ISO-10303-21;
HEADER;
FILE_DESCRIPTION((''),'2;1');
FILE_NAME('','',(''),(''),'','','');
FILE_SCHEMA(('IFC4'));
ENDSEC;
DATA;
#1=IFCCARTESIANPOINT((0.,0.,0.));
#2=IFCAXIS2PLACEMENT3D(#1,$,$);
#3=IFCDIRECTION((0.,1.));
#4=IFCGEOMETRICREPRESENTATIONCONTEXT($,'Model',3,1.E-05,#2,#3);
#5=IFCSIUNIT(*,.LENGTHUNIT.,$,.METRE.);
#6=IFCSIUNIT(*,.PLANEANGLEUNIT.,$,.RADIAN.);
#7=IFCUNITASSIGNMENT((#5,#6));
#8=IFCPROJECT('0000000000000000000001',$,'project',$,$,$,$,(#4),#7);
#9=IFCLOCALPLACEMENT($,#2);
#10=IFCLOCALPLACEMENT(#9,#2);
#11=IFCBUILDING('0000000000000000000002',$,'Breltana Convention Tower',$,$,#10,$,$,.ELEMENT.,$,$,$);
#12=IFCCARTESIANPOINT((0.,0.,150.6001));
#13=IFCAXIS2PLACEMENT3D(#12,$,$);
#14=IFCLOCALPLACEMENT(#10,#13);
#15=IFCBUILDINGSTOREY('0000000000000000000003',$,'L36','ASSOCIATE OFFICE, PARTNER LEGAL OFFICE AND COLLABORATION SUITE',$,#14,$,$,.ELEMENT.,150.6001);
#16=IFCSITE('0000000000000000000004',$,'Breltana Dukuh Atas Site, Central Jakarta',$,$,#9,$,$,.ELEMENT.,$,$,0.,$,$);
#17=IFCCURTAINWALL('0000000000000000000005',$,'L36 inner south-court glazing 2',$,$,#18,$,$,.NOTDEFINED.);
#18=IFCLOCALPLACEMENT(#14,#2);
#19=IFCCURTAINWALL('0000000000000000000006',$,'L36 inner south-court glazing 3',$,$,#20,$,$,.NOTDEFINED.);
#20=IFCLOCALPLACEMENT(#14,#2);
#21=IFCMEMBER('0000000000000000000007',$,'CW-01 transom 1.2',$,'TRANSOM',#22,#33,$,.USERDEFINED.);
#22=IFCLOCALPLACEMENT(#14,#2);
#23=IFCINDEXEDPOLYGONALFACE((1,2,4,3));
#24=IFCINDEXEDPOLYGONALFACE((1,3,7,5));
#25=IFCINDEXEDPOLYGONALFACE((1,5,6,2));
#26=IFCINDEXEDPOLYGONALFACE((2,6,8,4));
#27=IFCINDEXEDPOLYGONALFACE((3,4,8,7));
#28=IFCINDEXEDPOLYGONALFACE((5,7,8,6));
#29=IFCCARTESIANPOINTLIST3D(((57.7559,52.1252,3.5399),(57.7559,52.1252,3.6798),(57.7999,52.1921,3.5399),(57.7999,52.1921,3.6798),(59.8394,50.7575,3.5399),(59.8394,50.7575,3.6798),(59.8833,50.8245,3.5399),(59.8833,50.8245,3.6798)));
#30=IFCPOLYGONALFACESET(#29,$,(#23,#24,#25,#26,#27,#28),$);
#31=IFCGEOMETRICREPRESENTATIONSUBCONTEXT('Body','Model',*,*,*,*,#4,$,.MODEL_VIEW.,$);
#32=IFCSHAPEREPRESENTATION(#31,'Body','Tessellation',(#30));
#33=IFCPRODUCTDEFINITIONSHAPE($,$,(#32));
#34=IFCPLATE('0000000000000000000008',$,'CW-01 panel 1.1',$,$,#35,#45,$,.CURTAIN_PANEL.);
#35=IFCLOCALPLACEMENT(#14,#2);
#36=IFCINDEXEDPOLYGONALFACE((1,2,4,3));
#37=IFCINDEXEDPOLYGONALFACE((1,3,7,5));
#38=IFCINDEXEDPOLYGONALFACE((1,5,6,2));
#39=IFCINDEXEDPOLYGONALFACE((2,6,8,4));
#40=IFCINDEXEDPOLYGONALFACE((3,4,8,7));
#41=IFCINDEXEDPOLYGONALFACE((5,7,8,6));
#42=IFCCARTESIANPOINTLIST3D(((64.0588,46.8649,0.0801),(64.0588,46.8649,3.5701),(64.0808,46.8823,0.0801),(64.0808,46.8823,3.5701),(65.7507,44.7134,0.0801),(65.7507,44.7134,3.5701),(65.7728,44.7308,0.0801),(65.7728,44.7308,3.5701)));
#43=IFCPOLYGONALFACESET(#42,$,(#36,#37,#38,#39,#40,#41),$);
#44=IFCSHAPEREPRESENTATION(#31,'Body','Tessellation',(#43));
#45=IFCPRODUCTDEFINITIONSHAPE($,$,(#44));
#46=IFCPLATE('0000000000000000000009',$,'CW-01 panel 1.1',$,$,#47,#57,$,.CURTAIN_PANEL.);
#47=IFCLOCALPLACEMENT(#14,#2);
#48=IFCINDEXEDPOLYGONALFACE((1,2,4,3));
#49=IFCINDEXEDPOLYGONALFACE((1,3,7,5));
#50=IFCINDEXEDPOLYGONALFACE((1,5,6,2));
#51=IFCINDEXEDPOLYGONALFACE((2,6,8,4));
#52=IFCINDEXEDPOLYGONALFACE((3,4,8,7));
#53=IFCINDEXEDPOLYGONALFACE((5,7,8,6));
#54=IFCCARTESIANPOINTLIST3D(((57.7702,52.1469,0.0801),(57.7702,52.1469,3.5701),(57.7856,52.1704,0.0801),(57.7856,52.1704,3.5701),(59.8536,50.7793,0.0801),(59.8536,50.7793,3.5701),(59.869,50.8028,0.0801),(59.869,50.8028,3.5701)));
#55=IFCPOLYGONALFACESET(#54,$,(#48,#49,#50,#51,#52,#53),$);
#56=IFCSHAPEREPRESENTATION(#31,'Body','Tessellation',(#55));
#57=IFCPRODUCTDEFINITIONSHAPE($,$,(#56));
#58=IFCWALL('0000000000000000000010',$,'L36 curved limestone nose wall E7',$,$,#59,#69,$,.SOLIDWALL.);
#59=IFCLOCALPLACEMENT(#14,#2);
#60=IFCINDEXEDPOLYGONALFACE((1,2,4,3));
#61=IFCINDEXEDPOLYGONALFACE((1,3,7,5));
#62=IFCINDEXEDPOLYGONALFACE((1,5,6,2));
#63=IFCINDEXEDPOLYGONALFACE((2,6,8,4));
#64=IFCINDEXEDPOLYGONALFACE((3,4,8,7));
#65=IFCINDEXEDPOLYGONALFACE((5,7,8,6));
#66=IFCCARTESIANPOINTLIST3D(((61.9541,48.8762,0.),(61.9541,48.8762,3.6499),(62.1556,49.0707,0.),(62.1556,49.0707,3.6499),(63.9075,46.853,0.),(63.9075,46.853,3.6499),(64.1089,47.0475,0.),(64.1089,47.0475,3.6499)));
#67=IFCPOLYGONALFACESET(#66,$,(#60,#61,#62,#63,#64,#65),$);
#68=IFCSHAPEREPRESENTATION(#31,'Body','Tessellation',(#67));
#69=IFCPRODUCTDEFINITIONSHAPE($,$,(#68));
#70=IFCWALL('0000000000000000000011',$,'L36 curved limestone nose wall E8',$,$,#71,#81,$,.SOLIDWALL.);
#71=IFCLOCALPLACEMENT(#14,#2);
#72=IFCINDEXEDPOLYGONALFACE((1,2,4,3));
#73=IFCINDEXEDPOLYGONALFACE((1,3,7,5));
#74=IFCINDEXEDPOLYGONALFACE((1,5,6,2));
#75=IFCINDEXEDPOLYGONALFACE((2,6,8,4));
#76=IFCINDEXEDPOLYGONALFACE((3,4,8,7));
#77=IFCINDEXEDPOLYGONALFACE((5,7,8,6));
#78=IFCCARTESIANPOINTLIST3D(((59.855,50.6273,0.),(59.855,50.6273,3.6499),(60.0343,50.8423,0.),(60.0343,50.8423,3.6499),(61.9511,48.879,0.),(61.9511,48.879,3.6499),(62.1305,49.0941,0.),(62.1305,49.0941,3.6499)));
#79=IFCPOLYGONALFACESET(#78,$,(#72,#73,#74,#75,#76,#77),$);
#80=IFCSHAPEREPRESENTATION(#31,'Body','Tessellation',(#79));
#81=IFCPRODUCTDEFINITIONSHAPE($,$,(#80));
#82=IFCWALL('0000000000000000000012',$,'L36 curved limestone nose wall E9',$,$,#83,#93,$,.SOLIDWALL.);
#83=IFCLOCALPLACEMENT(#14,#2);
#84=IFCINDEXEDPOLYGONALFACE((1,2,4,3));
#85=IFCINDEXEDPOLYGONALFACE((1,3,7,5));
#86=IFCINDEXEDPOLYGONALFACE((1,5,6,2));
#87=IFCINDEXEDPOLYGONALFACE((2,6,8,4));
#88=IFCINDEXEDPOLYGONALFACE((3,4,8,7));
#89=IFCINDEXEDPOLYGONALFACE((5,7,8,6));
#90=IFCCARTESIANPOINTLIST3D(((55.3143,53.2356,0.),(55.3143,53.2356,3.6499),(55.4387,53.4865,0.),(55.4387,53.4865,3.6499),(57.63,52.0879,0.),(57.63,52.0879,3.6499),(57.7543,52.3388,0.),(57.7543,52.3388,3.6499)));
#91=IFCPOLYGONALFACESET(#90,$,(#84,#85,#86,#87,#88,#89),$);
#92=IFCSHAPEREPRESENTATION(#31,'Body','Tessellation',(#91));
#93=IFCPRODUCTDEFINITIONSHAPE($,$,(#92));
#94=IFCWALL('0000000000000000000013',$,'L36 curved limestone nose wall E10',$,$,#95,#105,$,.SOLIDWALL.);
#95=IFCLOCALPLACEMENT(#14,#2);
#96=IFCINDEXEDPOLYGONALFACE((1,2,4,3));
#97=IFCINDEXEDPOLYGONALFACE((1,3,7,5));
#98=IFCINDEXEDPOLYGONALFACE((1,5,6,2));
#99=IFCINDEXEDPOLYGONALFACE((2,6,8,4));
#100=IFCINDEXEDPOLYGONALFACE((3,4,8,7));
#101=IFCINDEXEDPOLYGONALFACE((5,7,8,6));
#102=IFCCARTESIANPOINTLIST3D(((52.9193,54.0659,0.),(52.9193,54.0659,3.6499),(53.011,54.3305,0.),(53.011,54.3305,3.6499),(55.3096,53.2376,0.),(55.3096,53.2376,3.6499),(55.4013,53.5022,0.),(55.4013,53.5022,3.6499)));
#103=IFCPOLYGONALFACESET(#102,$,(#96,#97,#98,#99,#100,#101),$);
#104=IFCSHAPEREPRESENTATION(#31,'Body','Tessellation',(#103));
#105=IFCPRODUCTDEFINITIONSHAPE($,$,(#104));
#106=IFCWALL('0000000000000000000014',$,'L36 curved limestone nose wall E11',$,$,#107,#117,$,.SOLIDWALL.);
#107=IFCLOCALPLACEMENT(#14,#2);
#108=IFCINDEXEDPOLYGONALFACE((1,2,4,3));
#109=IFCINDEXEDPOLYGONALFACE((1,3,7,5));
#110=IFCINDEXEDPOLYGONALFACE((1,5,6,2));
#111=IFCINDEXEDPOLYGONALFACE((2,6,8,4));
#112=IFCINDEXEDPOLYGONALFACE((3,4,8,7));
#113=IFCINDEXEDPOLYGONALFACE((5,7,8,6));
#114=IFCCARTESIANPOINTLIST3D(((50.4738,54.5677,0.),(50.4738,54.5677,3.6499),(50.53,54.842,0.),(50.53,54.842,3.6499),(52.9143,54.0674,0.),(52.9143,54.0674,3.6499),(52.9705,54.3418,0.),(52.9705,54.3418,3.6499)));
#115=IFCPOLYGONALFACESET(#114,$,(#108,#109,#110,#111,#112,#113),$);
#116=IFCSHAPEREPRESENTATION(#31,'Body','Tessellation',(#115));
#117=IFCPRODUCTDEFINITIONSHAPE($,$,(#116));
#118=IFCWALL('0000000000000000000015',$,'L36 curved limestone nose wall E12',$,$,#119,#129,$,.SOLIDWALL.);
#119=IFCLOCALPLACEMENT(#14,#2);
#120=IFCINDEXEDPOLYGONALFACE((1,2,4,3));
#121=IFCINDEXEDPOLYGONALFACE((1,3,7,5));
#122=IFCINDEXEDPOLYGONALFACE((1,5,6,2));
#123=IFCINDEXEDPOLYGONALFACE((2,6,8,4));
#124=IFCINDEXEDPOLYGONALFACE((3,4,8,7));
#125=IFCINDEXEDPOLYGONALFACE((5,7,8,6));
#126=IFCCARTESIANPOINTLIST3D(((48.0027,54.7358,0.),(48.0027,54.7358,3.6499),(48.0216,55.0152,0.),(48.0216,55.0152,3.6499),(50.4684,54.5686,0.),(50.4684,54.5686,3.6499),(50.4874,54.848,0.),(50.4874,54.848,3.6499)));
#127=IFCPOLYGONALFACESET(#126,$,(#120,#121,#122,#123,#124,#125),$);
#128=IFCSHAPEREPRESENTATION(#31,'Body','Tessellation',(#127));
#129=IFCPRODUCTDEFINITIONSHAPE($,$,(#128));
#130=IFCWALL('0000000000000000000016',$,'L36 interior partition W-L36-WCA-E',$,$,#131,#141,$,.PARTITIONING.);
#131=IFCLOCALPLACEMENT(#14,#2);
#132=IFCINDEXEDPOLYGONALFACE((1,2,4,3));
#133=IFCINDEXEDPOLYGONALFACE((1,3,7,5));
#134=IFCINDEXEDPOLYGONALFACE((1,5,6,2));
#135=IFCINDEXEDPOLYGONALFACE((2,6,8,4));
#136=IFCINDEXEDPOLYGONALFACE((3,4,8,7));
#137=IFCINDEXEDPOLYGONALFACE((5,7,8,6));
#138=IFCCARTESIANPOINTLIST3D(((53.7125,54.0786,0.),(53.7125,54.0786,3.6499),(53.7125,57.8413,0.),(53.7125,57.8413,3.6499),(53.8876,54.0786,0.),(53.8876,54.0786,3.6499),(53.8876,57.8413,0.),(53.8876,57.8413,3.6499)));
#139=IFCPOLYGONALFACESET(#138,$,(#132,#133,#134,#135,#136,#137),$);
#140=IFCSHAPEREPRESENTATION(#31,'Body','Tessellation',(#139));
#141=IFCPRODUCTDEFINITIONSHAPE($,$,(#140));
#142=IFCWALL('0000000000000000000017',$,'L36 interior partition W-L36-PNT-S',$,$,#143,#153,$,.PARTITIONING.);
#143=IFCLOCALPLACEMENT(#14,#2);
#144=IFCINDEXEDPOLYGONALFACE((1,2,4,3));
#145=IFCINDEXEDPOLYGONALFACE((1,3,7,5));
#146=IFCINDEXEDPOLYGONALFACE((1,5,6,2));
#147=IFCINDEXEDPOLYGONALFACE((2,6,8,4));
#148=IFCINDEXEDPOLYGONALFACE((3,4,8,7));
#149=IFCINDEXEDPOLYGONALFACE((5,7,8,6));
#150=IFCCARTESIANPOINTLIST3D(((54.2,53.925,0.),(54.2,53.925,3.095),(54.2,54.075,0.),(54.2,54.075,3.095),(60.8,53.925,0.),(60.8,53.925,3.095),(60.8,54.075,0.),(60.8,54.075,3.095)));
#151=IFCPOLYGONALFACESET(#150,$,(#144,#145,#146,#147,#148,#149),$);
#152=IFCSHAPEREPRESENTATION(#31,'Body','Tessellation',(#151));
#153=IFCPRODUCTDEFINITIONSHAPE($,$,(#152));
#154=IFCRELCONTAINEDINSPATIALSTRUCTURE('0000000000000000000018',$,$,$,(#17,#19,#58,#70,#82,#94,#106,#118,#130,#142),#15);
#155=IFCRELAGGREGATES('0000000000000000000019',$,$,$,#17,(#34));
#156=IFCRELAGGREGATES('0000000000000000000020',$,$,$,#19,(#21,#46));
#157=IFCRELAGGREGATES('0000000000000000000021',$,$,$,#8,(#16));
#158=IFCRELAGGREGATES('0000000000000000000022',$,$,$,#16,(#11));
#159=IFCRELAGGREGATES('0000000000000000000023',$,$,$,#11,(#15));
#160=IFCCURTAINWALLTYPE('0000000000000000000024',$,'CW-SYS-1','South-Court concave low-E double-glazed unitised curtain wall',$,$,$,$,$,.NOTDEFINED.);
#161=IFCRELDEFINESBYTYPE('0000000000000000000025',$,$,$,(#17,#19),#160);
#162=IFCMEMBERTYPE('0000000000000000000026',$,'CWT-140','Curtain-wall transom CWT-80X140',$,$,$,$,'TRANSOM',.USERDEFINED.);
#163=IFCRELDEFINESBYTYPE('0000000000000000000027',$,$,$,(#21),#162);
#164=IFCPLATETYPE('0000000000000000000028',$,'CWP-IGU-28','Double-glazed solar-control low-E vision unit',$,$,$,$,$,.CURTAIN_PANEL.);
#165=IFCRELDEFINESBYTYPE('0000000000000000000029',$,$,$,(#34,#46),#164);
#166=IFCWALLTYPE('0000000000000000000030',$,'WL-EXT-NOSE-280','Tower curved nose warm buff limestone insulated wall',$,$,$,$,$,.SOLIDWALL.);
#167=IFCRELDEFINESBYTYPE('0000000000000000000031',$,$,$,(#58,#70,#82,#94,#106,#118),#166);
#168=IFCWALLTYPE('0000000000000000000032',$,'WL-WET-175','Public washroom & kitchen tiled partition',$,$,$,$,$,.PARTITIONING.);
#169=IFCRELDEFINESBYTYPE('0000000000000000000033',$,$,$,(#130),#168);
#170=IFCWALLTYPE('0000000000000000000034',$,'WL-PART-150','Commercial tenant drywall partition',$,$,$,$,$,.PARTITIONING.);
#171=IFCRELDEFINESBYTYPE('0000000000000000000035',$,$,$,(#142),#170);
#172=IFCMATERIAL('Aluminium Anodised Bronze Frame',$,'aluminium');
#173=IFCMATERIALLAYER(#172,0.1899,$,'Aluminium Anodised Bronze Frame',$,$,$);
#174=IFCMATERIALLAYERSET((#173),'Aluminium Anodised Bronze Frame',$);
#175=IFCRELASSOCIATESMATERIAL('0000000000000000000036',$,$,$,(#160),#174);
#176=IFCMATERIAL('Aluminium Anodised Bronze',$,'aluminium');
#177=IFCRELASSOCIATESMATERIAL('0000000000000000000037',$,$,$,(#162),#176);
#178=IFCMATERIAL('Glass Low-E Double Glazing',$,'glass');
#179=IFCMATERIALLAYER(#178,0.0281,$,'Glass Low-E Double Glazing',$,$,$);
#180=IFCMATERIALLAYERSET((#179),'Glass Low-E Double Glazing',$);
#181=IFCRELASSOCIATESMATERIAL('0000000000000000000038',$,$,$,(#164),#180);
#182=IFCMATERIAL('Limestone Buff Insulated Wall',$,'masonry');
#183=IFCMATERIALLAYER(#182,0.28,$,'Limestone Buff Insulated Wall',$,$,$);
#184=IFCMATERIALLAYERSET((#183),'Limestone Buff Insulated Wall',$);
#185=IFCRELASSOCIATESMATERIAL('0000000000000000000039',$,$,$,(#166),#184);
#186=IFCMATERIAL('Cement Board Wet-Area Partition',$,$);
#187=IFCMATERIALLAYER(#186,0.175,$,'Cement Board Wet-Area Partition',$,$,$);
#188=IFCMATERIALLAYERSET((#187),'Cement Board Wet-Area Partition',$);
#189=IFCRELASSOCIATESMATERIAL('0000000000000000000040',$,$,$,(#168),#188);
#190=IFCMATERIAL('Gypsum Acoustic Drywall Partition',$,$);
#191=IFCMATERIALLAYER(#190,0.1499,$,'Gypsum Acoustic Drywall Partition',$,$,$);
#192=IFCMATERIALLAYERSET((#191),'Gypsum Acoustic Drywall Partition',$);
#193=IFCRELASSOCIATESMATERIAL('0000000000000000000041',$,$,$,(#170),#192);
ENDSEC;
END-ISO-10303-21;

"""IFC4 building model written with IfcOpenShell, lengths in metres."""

from ifc_helpers import new_model, si_unit, direction, frame, frame_2d, origin, origin_2d, place, context, subcontext, project, spatial, rectangle, extrude, source, transform, mapped, material, layer, layer_set, material_profile, profile_set, type_object, element, aggregate, save


model = new_model("IFC4")

# Units and contexts
model_context = context("Model", 3, precision=1e-05, world=origin(), true_north=direction((0.0, 1.0)))
body_context = subcontext(model_context, "Body", "Model", "MODEL_VIEW")
ifc_project = project(units=[si_unit("LENGTHUNIT", "METRE"), si_unit("PLANEANGLEUNIT", "RADIAN")], contexts=[model_context])

# Site, building, storey
site_placement = place(None, origin())
site = spatial("IfcSite", under=ifc_project, at=site_placement, Name="Breltana Dukuh Atas Site, Central Jakarta", CompositionType="ELEMENT", RefElevation=0.0)
building_placement = place(site_placement, origin())
building = spatial("IfcBuilding", under=site, at=building_placement, Name="Breltana Convention Tower", CompositionType="ELEMENT")
storey_placement = place(building_placement, frame((0.0, 0.0, 150.6001)))
storey = spatial("IfcBuildingStorey", under=building, at=storey_placement, Name="L36", Description="ASSOCIATE OFFICE, PARTNER LEGAL OFFICE AND COLLABORATION SUITE", CompositionType="ELEMENT", Elevation=150.6001)

# Curtain wall
ifc_material_1 = material(Name="Aluminium Anodised Bronze Frame", Category="aluminium")
ifc_layer_1 = layer(ifc_material_1, 0.1899, Name="Aluminium Anodised Bronze Frame")
ifc_layer_set_1 = layer_set([ifc_layer_1], Name="Aluminium Anodised Bronze Frame")
curtain_wall_type = type_object("IfcCurtainWallType", Name="CW-SYS-1", Description="South-Court concave low-E double-glazed unitised curtain wall", PredefinedType="NOTDEFINED", material=ifc_layer_set_1)
curtain_wall_1_placement = place(storey_placement, origin())
curtain_wall_1 = element("IfcCurtainWall", 1, at=curtain_wall_1_placement, inside=storey, type_object=curtain_wall_type, Name="L36 inner south-court glazing 2", PredefinedType="NOTDEFINED")
ifc_material_2 = material(Name="Aluminium Anodised Bronze", Category="aluminium")

# Curtain wall, member
curtain_wall_2_placement = place(storey_placement, origin())
curtain_wall_2 = element("IfcCurtainWall", 2, at=curtain_wall_2_placement, inside=storey, type_object=curtain_wall_type, Name="L36 inner south-court glazing 3", PredefinedType="NOTDEFINED")
ifc_material_profile_1 = material_profile(ifc_material_2, rectangle(XDim=0.0801, YDim=0.1399, at=origin_2d()), Name="CWT-80X140")
ifc_profile_set_1 = profile_set([ifc_material_profile_1], Name="Aluminium Anodised Bronze")
member_type_1 = type_object("IfcMemberType", Name="CWT-140", Description="Curtain-wall transom CWT-80X140", ElementType="TRANSOM", PredefinedType="USERDEFINED", material=ifc_profile_set_1)
shared_shape_1 = source(origin(), body_context, "Body", "SweptSolid", [
    extrude(rectangle(XDim=0.0801, YDim=0.1399, at=origin_2d()), origin(), (0.0, 0.0, 1.0), 2.4922),
])
member_1_placement = place(storey_placement, frame((59.8613, 50.791, 3.6099), z_axis=(-0.835978, 0.548763, 0.0), x_axis=(-0.548763, -0.835978, 0.0)))
member_1 = element("IfcMember", 3, at=member_1_placement, type_object=member_type_1, Name="CW-01 transom 1.2", ObjectType="TRANSOM", PredefinedType="USERDEFINED", context=body_context, shape_type="MappedRepresentation", body=[
    mapped(shared_shape_1, transform((0.0, 0.0, 0.0), scale=1.0)),
])

# Plates
ifc_material_3 = material(Name="Glass Low-E Double Glazing", Category="glass")
ifc_layer_2 = layer(ifc_material_3, 0.0281, Name="Glass Low-E Double Glazing")
ifc_layer_set_2 = layer_set([ifc_layer_2], Name="Glass Low-E Double Glazing")
plate_type = type_object("IfcPlateType", Name="CWP-IGU-28", Description="Double-glazed solar-control low-E vision unit", PredefinedType="CURTAIN_PANEL", material=ifc_layer_set_2)
shared_shape_2 = source(origin(), body_context, "Body", "SweptSolid", [
    extrude(rectangle(XDim=2.7371, YDim=0.0281, at=origin_2d()), origin(), (0.0, 0.0, 1.0), 3.49),
])
plate_1_placement = place(storey_placement, frame((64.9158, 45.7979, 0.0801), z_axis=(0.0, 0.0, 1.0), x_axis=(-0.618161, 0.786051, 0.0)))
plate_1 = element("IfcPlate", 4, at=plate_1_placement, type_object=plate_type, Name="CW-01 panel 1.1", PredefinedType="CURTAIN_PANEL", context=body_context, shape_type="MappedRepresentation", body=[
    mapped(shared_shape_2, transform((0.0, 0.0, 0.0), scale=1.0)),
])
aggregate(curtain_wall_1, [plate_1])
shared_shape_3 = source(origin(), body_context, "Body", "SweptSolid", [
    extrude(rectangle(XDim=2.4922, YDim=0.0281, at=origin_2d()), origin(), (0.0, 0.0, 1.0), 3.49),
])
plate_2_placement = place(storey_placement, frame((58.8196, 51.4749, 0.0801), z_axis=(0.0, 0.0, 1.0), x_axis=(-0.835985, 0.548752, 0.0)))
plate_2 = element("IfcPlate", 5, at=plate_2_placement, type_object=plate_type, Name="CW-01 panel 1.1", PredefinedType="CURTAIN_PANEL", context=body_context, shape_type="MappedRepresentation", body=[
    mapped(shared_shape_3, transform((0.0, 0.0, 0.0), scale=1.0)),
])
aggregate(curtain_wall_2, [member_1, plate_2])

# Walls
ifc_material_4 = material(Name="Limestone Buff Insulated Wall", Category="masonry")
ifc_layer_3 = layer(ifc_material_4, 0.28, Name="Limestone Buff Insulated Wall")
ifc_layer_set_3 = layer_set([ifc_layer_3], Name="Limestone Buff Insulated Wall")
wall_type_1 = type_object("IfcWallType", Name="WL-EXT-NOSE-280", Description="Tower curved nose warm buff limestone insulated wall", PredefinedType="SOLIDWALL", material=ifc_layer_set_3)
shared_shape_4 = source(origin(), body_context, "Body", "SweptSolid", [
    extrude(rectangle(XDim=2.8123, YDim=0.28, at=frame_2d((1.4062, 0.0))), origin(), (0.0, 0.0, 1.0), 3.6499),
])
wall_1_placement = place(storey_placement, frame((64.0083, 46.9502, 0.0), z_axis=(0.0, 0.0, 1.0), x_axis=(-0.694584, 0.719412, 0.0)))
element("IfcWall", 6, at=wall_1_placement, inside=storey, type_object=wall_type_1, Name="L36 curved limestone nose wall E7", PredefinedType="SOLIDWALL", context=body_context, shape_type="MappedRepresentation", body=[
    mapped(shared_shape_4, transform((0.0, 0.0, 0.0), scale=1.0)),
])
shared_shape_5 = source(origin(), body_context, "Body", "SweptSolid", [
    extrude(rectangle(XDim=2.7295, YDim=0.28, at=frame_2d((1.3647, 0.0))), origin(), (0.0, 0.0, 1.0), 3.6499),
])
wall_2_placement = place(storey_placement, frame((62.0408, 48.9866, 0.0), z_axis=(0.0, 0.0, 1.0), x_axis=(-0.767957, 0.640501, 0.0)))
element("IfcWall", 7, at=wall_2_placement, inside=storey, type_object=wall_type_1, Name="L36 curved limestone nose wall E8", PredefinedType="SOLIDWALL", context=body_context, shape_type="MappedRepresentation", body=[
    mapped(shared_shape_5, transform((0.0, 0.0, 0.0), scale=1.0)),
])
shared_shape_6 = source(origin(), body_context, "Body", "SweptSolid", [
    extrude(rectangle(XDim=2.5845, YDim=0.28, at=frame_2d((1.2922, 0.0))), origin(), (0.0, 0.0, 1.0), 3.6499),
])
wall_3_placement = place(storey_placement, frame((57.6921, 52.2134, 0.0), z_axis=(0.0, 0.0, 1.0), x_axis=(-0.89599, 0.444075, 0.0)))
element("IfcWall", 8, at=wall_3_placement, inside=storey, type_object=wall_type_1, Name="L36 curved limestone nose wall E9", PredefinedType="SOLIDWALL", context=body_context, shape_type="MappedRepresentation", body=[
    mapped(shared_shape_6, transform((0.0, 0.0, 0.0), scale=1.0)),
])
shared_shape_7 = source(origin(), body_context, "Body", "SweptSolid", [
    extrude(rectangle(XDim=2.5298, YDim=0.28, at=frame_2d((1.2649, 0.0))), origin(), (0.0, 0.0, 1.0), 3.6499),
])
wall_4_placement = place(storey_placement, frame((55.3555, 53.3699, 0.0), z_axis=(0.0, 0.0, 1.0), x_axis=(-0.944872, 0.327439, 0.0)))
element("IfcWall", 9, at=wall_4_placement, inside=storey, type_object=wall_type_1, Name="L36 curved limestone nose wall E10", PredefinedType="SOLIDWALL", context=body_context, shape_type="MappedRepresentation", body=[
    mapped(shared_shape_7, transform((0.0, 0.0, 0.0), scale=1.0)),
])
shared_shape_8 = source(origin(), body_context, "Body", "SweptSolid", [
    extrude(rectangle(XDim=2.4912, YDim=0.28, at=frame_2d((1.2456, 0.0))), origin(), (0.0, 0.0, 1.0), 3.6499),
])
wall_5_placement = place(storey_placement, frame((52.9424, 54.2046, 0.0), z_axis=(0.0, 0.0, 1.0), x_axis=(-0.979631, 0.200807, 0.0)))
element("IfcWall", 10, at=wall_5_placement, inside=storey, type_object=wall_type_1, Name="L36 curved limestone nose wall E11", PredefinedType="SOLIDWALL", context=body_context, shape_type="MappedRepresentation", body=[
    mapped(shared_shape_8, transform((0.0, 0.0, 0.0), scale=1.0)),
])
shared_shape_9 = source(origin(), body_context, "Body", "SweptSolid", [
    extrude(rectangle(XDim=2.4714, YDim=0.28, at=frame_2d((1.2358, 0.0))), origin(), (0.0, 0.0, 1.0), 3.6499),
])
wall_6_placement = place(storey_placement, frame((50.478, 54.7083, 0.0), z_axis=(0.0, 0.0, 1.0), x_axis=(-0.997708, 0.067666, 0.0)))
element("IfcWall", 11, at=wall_6_placement, inside=storey, type_object=wall_type_1, Name="L36 curved limestone nose wall E12", PredefinedType="SOLIDWALL", context=body_context, shape_type="MappedRepresentation", body=[
    mapped(shared_shape_9, transform((0.0, 0.0, 0.0), scale=1.0)),
])
ifc_material_5 = material(Name="Cement Board Wet-Area Partition")
ifc_layer_4 = layer(ifc_material_5, 0.175, Name="Cement Board Wet-Area Partition")
ifc_layer_set_4 = layer_set([ifc_layer_4], Name="Cement Board Wet-Area Partition")
wall_type_2 = type_object("IfcWallType", Name="WL-WET-175", Description="Public washroom & kitchen tiled partition", PredefinedType="PARTITIONING", material=ifc_layer_set_4)
shared_shape_10 = source(origin(), body_context, "Body", "SweptSolid", [
    extrude(rectangle(XDim=3.7627, YDim=0.175, at=frame_2d((1.8813, 0.0))), origin(), (0.0, 0.0, 1.0), 3.6499),
])
wall_7_placement = place(storey_placement, frame((53.8, 54.0786, 0.0), z_axis=(0.0, 0.0, 1.0), x_axis=(0.0, 1.0, 0.0)))
element("IfcWall", 12, at=wall_7_placement, inside=storey, type_object=wall_type_2, Name="L36 interior partition W-L36-WCA-E", PredefinedType="PARTITIONING", context=body_context, shape_type="MappedRepresentation", body=[
    mapped(shared_shape_10, transform((0.0, 0.0, 0.0), scale=1.0)),
])

# Wall
ifc_material_6 = material(Name="Gypsum Acoustic Drywall Partition")
ifc_layer_5 = layer(ifc_material_6, 0.1499, Name="Gypsum Acoustic Drywall Partition")
ifc_layer_set_5 = layer_set([ifc_layer_5], Name="Gypsum Acoustic Drywall Partition")
wall_type_3 = type_object("IfcWallType", Name="WL-PART-150", Description="Commercial tenant drywall partition", PredefinedType="PARTITIONING", material=ifc_layer_set_5)
shared_shape_11 = source(origin(), body_context, "Body", "SweptSolid", [
    extrude(rectangle(XDim=6.6001, YDim=0.1499, at=frame_2d((3.3, 0.0))), origin(), (0.0, 0.0, 1.0), 3.095),
])
wall_8_placement = place(storey_placement, frame((54.2, 54.0, 0.0), z_axis=(0.0, 0.0, 1.0), x_axis=(1.0, 0.0, 0.0)))
element("IfcWall", 13, at=wall_8_placement, inside=storey, type_object=wall_type_3, Name="L36 interior partition W-L36-PNT-S", PredefinedType="PARTITIONING", context=body_context, shape_type="MappedRepresentation", body=[
    mapped(shared_shape_11, transform((0.0, 0.0, 0.0), scale=1.0)),
])

save(model, "model.ifc")
